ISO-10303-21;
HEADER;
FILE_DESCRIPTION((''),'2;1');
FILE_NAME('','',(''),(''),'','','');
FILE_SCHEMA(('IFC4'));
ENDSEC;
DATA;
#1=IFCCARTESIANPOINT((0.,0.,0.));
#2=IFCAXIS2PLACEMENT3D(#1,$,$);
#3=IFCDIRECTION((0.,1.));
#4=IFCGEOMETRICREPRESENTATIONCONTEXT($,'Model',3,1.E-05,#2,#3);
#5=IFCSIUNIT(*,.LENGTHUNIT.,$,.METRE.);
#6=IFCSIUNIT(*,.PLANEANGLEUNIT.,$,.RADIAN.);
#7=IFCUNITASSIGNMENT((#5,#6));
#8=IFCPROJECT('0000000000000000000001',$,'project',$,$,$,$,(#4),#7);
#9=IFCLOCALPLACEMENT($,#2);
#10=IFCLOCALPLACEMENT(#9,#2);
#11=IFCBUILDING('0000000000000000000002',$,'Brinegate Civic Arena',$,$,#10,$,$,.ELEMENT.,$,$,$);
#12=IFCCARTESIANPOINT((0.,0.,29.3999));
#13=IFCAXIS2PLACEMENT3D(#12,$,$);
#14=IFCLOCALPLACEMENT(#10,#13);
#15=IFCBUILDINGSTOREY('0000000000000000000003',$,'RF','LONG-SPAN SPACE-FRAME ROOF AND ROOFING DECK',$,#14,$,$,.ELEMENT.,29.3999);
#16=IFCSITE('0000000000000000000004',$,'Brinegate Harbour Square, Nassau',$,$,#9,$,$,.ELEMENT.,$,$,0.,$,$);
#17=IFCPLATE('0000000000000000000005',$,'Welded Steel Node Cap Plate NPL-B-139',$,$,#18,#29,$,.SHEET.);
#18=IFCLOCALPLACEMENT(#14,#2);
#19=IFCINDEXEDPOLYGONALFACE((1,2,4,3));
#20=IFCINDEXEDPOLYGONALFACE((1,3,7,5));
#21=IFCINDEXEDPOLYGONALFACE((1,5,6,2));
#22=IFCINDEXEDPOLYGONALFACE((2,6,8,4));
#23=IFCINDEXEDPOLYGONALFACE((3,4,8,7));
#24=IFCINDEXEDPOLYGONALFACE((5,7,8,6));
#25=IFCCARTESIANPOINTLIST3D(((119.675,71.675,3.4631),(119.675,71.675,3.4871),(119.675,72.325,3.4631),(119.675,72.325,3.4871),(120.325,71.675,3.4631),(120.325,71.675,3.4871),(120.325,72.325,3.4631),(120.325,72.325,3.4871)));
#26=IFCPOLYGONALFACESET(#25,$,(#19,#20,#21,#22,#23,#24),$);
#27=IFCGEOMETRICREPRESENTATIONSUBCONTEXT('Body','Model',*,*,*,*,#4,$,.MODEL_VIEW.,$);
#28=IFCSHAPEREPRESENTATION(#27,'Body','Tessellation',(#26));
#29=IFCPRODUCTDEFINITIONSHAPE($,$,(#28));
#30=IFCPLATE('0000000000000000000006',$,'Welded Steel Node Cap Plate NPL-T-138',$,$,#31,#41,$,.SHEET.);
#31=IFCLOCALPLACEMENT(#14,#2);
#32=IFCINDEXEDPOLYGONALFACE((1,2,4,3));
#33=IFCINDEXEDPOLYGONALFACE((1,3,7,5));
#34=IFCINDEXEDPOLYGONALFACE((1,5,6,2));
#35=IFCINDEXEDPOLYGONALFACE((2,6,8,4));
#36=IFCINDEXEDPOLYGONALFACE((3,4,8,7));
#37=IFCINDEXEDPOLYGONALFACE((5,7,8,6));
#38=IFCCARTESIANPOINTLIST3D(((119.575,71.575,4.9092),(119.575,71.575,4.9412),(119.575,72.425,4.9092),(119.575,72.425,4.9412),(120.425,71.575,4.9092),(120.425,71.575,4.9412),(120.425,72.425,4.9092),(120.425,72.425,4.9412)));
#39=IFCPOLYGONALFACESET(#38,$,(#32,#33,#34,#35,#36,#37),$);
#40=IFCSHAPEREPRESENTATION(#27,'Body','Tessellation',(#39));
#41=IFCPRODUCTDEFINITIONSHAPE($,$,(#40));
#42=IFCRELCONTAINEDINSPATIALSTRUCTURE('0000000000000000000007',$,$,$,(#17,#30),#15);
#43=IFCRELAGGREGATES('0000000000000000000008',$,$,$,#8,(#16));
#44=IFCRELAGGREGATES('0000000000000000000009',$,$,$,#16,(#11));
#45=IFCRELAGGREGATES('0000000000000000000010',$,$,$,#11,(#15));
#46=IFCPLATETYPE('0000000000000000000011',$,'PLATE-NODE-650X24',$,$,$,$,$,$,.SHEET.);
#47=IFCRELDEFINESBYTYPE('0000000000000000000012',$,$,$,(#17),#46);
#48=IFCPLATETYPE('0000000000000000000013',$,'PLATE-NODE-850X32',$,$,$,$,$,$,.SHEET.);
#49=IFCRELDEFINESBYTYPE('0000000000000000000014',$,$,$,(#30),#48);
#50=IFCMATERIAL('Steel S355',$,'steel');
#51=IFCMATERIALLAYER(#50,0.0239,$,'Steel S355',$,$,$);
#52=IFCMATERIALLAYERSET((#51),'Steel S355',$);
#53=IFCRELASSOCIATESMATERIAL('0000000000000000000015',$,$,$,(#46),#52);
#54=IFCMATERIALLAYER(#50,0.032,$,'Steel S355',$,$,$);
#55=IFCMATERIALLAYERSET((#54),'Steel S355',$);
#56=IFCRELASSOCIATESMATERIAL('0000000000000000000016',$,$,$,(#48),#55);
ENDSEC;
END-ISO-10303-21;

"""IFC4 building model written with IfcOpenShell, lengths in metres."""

from ifc_helpers import new_model, si_unit, direction, frame, origin, origin_2d, place, context, subcontext, project, spatial, rectangle, extrude, material, layer, layer_set, type_object, element, save


model = new_model("IFC4")

# Units and contexts
model_context = context("Model", 3, precision=1e-05, world=origin(), true_north=direction((0.0, 1.0)))
body_context = subcontext(model_context, "Body", "Model", "MODEL_VIEW")
ifc_project = project(units=[si_unit("LENGTHUNIT", "METRE"), si_unit("PLANEANGLEUNIT", "RADIAN")], contexts=[model_context])

# Site, building, storey
site_placement = place(None, origin())
site = spatial("IfcSite", under=ifc_project, at=site_placement, Name="Brinegate Harbour Square, Nassau", CompositionType="ELEMENT", RefElevation=0.0)
building_placement = place(site_placement, origin())
building = spatial("IfcBuilding", under=site, at=building_placement, Name="Brinegate Civic Arena", CompositionType="ELEMENT")
storey_placement = place(building_placement, frame((0.0, 0.0, 29.3999)))
storey = spatial("IfcBuildingStorey", under=building, at=storey_placement, Name="RF", Description="LONG-SPAN SPACE-FRAME ROOF AND ROOFING DECK", CompositionType="ELEMENT", Elevation=29.3999)

# Shared definitions
ifc_material = material(Name="Steel S355", Category="steel")

# Plates
ifc_layer_1 = layer(ifc_material, 0.0239, Name="Steel S355")
ifc_layer_set_1 = layer_set([ifc_layer_1], Name="Steel S355")
plate_type_1 = type_object("IfcPlateType", Name="PLATE-NODE-650X24", PredefinedType="SHEET", material=ifc_layer_set_1)
plate_1_placement = place(storey_placement, frame((120.0, 72.0, 3.4631), z_axis=(0.0, 0.0, 1.0), x_axis=(1.0, 0.0, 0.0)))
element("IfcPlate", 1, at=plate_1_placement, inside=storey, type_object=plate_type_1, Name="Welded Steel Node Cap Plate NPL-B-139", PredefinedType="SHEET", context=body_context, shape_type="SweptSolid", body=[
    extrude(rectangle(XDim=0.6499, YDim=0.6499, at=origin_2d()), origin(), (0.0, 0.0, 1.0), 0.0239),
])
ifc_layer_2 = layer(ifc_material, 0.032, Name="Steel S355")
ifc_layer_set_2 = layer_set([ifc_layer_2], Name="Steel S355")
plate_type_2 = type_object("IfcPlateType", Name="PLATE-NODE-850X32", PredefinedType="SHEET", material=ifc_layer_set_2)
plate_2_placement = place(storey_placement, frame((120.0, 72.0, 4.9092), z_axis=(0.0, 0.0, 1.0), x_axis=(1.0, 0.0, 0.0)))
element("IfcPlate", 2, at=plate_2_placement, inside=storey, type_object=plate_type_2, Name="Welded Steel Node Cap Plate NPL-T-138", PredefinedType="SHEET", context=body_context, shape_type="SweptSolid", body=[
    extrude(rectangle(XDim=0.8501, YDim=0.8501, at=origin_2d()), origin(), (0.0, 0.0, 1.0), 0.032),
])

save(model, "model.ifc")
